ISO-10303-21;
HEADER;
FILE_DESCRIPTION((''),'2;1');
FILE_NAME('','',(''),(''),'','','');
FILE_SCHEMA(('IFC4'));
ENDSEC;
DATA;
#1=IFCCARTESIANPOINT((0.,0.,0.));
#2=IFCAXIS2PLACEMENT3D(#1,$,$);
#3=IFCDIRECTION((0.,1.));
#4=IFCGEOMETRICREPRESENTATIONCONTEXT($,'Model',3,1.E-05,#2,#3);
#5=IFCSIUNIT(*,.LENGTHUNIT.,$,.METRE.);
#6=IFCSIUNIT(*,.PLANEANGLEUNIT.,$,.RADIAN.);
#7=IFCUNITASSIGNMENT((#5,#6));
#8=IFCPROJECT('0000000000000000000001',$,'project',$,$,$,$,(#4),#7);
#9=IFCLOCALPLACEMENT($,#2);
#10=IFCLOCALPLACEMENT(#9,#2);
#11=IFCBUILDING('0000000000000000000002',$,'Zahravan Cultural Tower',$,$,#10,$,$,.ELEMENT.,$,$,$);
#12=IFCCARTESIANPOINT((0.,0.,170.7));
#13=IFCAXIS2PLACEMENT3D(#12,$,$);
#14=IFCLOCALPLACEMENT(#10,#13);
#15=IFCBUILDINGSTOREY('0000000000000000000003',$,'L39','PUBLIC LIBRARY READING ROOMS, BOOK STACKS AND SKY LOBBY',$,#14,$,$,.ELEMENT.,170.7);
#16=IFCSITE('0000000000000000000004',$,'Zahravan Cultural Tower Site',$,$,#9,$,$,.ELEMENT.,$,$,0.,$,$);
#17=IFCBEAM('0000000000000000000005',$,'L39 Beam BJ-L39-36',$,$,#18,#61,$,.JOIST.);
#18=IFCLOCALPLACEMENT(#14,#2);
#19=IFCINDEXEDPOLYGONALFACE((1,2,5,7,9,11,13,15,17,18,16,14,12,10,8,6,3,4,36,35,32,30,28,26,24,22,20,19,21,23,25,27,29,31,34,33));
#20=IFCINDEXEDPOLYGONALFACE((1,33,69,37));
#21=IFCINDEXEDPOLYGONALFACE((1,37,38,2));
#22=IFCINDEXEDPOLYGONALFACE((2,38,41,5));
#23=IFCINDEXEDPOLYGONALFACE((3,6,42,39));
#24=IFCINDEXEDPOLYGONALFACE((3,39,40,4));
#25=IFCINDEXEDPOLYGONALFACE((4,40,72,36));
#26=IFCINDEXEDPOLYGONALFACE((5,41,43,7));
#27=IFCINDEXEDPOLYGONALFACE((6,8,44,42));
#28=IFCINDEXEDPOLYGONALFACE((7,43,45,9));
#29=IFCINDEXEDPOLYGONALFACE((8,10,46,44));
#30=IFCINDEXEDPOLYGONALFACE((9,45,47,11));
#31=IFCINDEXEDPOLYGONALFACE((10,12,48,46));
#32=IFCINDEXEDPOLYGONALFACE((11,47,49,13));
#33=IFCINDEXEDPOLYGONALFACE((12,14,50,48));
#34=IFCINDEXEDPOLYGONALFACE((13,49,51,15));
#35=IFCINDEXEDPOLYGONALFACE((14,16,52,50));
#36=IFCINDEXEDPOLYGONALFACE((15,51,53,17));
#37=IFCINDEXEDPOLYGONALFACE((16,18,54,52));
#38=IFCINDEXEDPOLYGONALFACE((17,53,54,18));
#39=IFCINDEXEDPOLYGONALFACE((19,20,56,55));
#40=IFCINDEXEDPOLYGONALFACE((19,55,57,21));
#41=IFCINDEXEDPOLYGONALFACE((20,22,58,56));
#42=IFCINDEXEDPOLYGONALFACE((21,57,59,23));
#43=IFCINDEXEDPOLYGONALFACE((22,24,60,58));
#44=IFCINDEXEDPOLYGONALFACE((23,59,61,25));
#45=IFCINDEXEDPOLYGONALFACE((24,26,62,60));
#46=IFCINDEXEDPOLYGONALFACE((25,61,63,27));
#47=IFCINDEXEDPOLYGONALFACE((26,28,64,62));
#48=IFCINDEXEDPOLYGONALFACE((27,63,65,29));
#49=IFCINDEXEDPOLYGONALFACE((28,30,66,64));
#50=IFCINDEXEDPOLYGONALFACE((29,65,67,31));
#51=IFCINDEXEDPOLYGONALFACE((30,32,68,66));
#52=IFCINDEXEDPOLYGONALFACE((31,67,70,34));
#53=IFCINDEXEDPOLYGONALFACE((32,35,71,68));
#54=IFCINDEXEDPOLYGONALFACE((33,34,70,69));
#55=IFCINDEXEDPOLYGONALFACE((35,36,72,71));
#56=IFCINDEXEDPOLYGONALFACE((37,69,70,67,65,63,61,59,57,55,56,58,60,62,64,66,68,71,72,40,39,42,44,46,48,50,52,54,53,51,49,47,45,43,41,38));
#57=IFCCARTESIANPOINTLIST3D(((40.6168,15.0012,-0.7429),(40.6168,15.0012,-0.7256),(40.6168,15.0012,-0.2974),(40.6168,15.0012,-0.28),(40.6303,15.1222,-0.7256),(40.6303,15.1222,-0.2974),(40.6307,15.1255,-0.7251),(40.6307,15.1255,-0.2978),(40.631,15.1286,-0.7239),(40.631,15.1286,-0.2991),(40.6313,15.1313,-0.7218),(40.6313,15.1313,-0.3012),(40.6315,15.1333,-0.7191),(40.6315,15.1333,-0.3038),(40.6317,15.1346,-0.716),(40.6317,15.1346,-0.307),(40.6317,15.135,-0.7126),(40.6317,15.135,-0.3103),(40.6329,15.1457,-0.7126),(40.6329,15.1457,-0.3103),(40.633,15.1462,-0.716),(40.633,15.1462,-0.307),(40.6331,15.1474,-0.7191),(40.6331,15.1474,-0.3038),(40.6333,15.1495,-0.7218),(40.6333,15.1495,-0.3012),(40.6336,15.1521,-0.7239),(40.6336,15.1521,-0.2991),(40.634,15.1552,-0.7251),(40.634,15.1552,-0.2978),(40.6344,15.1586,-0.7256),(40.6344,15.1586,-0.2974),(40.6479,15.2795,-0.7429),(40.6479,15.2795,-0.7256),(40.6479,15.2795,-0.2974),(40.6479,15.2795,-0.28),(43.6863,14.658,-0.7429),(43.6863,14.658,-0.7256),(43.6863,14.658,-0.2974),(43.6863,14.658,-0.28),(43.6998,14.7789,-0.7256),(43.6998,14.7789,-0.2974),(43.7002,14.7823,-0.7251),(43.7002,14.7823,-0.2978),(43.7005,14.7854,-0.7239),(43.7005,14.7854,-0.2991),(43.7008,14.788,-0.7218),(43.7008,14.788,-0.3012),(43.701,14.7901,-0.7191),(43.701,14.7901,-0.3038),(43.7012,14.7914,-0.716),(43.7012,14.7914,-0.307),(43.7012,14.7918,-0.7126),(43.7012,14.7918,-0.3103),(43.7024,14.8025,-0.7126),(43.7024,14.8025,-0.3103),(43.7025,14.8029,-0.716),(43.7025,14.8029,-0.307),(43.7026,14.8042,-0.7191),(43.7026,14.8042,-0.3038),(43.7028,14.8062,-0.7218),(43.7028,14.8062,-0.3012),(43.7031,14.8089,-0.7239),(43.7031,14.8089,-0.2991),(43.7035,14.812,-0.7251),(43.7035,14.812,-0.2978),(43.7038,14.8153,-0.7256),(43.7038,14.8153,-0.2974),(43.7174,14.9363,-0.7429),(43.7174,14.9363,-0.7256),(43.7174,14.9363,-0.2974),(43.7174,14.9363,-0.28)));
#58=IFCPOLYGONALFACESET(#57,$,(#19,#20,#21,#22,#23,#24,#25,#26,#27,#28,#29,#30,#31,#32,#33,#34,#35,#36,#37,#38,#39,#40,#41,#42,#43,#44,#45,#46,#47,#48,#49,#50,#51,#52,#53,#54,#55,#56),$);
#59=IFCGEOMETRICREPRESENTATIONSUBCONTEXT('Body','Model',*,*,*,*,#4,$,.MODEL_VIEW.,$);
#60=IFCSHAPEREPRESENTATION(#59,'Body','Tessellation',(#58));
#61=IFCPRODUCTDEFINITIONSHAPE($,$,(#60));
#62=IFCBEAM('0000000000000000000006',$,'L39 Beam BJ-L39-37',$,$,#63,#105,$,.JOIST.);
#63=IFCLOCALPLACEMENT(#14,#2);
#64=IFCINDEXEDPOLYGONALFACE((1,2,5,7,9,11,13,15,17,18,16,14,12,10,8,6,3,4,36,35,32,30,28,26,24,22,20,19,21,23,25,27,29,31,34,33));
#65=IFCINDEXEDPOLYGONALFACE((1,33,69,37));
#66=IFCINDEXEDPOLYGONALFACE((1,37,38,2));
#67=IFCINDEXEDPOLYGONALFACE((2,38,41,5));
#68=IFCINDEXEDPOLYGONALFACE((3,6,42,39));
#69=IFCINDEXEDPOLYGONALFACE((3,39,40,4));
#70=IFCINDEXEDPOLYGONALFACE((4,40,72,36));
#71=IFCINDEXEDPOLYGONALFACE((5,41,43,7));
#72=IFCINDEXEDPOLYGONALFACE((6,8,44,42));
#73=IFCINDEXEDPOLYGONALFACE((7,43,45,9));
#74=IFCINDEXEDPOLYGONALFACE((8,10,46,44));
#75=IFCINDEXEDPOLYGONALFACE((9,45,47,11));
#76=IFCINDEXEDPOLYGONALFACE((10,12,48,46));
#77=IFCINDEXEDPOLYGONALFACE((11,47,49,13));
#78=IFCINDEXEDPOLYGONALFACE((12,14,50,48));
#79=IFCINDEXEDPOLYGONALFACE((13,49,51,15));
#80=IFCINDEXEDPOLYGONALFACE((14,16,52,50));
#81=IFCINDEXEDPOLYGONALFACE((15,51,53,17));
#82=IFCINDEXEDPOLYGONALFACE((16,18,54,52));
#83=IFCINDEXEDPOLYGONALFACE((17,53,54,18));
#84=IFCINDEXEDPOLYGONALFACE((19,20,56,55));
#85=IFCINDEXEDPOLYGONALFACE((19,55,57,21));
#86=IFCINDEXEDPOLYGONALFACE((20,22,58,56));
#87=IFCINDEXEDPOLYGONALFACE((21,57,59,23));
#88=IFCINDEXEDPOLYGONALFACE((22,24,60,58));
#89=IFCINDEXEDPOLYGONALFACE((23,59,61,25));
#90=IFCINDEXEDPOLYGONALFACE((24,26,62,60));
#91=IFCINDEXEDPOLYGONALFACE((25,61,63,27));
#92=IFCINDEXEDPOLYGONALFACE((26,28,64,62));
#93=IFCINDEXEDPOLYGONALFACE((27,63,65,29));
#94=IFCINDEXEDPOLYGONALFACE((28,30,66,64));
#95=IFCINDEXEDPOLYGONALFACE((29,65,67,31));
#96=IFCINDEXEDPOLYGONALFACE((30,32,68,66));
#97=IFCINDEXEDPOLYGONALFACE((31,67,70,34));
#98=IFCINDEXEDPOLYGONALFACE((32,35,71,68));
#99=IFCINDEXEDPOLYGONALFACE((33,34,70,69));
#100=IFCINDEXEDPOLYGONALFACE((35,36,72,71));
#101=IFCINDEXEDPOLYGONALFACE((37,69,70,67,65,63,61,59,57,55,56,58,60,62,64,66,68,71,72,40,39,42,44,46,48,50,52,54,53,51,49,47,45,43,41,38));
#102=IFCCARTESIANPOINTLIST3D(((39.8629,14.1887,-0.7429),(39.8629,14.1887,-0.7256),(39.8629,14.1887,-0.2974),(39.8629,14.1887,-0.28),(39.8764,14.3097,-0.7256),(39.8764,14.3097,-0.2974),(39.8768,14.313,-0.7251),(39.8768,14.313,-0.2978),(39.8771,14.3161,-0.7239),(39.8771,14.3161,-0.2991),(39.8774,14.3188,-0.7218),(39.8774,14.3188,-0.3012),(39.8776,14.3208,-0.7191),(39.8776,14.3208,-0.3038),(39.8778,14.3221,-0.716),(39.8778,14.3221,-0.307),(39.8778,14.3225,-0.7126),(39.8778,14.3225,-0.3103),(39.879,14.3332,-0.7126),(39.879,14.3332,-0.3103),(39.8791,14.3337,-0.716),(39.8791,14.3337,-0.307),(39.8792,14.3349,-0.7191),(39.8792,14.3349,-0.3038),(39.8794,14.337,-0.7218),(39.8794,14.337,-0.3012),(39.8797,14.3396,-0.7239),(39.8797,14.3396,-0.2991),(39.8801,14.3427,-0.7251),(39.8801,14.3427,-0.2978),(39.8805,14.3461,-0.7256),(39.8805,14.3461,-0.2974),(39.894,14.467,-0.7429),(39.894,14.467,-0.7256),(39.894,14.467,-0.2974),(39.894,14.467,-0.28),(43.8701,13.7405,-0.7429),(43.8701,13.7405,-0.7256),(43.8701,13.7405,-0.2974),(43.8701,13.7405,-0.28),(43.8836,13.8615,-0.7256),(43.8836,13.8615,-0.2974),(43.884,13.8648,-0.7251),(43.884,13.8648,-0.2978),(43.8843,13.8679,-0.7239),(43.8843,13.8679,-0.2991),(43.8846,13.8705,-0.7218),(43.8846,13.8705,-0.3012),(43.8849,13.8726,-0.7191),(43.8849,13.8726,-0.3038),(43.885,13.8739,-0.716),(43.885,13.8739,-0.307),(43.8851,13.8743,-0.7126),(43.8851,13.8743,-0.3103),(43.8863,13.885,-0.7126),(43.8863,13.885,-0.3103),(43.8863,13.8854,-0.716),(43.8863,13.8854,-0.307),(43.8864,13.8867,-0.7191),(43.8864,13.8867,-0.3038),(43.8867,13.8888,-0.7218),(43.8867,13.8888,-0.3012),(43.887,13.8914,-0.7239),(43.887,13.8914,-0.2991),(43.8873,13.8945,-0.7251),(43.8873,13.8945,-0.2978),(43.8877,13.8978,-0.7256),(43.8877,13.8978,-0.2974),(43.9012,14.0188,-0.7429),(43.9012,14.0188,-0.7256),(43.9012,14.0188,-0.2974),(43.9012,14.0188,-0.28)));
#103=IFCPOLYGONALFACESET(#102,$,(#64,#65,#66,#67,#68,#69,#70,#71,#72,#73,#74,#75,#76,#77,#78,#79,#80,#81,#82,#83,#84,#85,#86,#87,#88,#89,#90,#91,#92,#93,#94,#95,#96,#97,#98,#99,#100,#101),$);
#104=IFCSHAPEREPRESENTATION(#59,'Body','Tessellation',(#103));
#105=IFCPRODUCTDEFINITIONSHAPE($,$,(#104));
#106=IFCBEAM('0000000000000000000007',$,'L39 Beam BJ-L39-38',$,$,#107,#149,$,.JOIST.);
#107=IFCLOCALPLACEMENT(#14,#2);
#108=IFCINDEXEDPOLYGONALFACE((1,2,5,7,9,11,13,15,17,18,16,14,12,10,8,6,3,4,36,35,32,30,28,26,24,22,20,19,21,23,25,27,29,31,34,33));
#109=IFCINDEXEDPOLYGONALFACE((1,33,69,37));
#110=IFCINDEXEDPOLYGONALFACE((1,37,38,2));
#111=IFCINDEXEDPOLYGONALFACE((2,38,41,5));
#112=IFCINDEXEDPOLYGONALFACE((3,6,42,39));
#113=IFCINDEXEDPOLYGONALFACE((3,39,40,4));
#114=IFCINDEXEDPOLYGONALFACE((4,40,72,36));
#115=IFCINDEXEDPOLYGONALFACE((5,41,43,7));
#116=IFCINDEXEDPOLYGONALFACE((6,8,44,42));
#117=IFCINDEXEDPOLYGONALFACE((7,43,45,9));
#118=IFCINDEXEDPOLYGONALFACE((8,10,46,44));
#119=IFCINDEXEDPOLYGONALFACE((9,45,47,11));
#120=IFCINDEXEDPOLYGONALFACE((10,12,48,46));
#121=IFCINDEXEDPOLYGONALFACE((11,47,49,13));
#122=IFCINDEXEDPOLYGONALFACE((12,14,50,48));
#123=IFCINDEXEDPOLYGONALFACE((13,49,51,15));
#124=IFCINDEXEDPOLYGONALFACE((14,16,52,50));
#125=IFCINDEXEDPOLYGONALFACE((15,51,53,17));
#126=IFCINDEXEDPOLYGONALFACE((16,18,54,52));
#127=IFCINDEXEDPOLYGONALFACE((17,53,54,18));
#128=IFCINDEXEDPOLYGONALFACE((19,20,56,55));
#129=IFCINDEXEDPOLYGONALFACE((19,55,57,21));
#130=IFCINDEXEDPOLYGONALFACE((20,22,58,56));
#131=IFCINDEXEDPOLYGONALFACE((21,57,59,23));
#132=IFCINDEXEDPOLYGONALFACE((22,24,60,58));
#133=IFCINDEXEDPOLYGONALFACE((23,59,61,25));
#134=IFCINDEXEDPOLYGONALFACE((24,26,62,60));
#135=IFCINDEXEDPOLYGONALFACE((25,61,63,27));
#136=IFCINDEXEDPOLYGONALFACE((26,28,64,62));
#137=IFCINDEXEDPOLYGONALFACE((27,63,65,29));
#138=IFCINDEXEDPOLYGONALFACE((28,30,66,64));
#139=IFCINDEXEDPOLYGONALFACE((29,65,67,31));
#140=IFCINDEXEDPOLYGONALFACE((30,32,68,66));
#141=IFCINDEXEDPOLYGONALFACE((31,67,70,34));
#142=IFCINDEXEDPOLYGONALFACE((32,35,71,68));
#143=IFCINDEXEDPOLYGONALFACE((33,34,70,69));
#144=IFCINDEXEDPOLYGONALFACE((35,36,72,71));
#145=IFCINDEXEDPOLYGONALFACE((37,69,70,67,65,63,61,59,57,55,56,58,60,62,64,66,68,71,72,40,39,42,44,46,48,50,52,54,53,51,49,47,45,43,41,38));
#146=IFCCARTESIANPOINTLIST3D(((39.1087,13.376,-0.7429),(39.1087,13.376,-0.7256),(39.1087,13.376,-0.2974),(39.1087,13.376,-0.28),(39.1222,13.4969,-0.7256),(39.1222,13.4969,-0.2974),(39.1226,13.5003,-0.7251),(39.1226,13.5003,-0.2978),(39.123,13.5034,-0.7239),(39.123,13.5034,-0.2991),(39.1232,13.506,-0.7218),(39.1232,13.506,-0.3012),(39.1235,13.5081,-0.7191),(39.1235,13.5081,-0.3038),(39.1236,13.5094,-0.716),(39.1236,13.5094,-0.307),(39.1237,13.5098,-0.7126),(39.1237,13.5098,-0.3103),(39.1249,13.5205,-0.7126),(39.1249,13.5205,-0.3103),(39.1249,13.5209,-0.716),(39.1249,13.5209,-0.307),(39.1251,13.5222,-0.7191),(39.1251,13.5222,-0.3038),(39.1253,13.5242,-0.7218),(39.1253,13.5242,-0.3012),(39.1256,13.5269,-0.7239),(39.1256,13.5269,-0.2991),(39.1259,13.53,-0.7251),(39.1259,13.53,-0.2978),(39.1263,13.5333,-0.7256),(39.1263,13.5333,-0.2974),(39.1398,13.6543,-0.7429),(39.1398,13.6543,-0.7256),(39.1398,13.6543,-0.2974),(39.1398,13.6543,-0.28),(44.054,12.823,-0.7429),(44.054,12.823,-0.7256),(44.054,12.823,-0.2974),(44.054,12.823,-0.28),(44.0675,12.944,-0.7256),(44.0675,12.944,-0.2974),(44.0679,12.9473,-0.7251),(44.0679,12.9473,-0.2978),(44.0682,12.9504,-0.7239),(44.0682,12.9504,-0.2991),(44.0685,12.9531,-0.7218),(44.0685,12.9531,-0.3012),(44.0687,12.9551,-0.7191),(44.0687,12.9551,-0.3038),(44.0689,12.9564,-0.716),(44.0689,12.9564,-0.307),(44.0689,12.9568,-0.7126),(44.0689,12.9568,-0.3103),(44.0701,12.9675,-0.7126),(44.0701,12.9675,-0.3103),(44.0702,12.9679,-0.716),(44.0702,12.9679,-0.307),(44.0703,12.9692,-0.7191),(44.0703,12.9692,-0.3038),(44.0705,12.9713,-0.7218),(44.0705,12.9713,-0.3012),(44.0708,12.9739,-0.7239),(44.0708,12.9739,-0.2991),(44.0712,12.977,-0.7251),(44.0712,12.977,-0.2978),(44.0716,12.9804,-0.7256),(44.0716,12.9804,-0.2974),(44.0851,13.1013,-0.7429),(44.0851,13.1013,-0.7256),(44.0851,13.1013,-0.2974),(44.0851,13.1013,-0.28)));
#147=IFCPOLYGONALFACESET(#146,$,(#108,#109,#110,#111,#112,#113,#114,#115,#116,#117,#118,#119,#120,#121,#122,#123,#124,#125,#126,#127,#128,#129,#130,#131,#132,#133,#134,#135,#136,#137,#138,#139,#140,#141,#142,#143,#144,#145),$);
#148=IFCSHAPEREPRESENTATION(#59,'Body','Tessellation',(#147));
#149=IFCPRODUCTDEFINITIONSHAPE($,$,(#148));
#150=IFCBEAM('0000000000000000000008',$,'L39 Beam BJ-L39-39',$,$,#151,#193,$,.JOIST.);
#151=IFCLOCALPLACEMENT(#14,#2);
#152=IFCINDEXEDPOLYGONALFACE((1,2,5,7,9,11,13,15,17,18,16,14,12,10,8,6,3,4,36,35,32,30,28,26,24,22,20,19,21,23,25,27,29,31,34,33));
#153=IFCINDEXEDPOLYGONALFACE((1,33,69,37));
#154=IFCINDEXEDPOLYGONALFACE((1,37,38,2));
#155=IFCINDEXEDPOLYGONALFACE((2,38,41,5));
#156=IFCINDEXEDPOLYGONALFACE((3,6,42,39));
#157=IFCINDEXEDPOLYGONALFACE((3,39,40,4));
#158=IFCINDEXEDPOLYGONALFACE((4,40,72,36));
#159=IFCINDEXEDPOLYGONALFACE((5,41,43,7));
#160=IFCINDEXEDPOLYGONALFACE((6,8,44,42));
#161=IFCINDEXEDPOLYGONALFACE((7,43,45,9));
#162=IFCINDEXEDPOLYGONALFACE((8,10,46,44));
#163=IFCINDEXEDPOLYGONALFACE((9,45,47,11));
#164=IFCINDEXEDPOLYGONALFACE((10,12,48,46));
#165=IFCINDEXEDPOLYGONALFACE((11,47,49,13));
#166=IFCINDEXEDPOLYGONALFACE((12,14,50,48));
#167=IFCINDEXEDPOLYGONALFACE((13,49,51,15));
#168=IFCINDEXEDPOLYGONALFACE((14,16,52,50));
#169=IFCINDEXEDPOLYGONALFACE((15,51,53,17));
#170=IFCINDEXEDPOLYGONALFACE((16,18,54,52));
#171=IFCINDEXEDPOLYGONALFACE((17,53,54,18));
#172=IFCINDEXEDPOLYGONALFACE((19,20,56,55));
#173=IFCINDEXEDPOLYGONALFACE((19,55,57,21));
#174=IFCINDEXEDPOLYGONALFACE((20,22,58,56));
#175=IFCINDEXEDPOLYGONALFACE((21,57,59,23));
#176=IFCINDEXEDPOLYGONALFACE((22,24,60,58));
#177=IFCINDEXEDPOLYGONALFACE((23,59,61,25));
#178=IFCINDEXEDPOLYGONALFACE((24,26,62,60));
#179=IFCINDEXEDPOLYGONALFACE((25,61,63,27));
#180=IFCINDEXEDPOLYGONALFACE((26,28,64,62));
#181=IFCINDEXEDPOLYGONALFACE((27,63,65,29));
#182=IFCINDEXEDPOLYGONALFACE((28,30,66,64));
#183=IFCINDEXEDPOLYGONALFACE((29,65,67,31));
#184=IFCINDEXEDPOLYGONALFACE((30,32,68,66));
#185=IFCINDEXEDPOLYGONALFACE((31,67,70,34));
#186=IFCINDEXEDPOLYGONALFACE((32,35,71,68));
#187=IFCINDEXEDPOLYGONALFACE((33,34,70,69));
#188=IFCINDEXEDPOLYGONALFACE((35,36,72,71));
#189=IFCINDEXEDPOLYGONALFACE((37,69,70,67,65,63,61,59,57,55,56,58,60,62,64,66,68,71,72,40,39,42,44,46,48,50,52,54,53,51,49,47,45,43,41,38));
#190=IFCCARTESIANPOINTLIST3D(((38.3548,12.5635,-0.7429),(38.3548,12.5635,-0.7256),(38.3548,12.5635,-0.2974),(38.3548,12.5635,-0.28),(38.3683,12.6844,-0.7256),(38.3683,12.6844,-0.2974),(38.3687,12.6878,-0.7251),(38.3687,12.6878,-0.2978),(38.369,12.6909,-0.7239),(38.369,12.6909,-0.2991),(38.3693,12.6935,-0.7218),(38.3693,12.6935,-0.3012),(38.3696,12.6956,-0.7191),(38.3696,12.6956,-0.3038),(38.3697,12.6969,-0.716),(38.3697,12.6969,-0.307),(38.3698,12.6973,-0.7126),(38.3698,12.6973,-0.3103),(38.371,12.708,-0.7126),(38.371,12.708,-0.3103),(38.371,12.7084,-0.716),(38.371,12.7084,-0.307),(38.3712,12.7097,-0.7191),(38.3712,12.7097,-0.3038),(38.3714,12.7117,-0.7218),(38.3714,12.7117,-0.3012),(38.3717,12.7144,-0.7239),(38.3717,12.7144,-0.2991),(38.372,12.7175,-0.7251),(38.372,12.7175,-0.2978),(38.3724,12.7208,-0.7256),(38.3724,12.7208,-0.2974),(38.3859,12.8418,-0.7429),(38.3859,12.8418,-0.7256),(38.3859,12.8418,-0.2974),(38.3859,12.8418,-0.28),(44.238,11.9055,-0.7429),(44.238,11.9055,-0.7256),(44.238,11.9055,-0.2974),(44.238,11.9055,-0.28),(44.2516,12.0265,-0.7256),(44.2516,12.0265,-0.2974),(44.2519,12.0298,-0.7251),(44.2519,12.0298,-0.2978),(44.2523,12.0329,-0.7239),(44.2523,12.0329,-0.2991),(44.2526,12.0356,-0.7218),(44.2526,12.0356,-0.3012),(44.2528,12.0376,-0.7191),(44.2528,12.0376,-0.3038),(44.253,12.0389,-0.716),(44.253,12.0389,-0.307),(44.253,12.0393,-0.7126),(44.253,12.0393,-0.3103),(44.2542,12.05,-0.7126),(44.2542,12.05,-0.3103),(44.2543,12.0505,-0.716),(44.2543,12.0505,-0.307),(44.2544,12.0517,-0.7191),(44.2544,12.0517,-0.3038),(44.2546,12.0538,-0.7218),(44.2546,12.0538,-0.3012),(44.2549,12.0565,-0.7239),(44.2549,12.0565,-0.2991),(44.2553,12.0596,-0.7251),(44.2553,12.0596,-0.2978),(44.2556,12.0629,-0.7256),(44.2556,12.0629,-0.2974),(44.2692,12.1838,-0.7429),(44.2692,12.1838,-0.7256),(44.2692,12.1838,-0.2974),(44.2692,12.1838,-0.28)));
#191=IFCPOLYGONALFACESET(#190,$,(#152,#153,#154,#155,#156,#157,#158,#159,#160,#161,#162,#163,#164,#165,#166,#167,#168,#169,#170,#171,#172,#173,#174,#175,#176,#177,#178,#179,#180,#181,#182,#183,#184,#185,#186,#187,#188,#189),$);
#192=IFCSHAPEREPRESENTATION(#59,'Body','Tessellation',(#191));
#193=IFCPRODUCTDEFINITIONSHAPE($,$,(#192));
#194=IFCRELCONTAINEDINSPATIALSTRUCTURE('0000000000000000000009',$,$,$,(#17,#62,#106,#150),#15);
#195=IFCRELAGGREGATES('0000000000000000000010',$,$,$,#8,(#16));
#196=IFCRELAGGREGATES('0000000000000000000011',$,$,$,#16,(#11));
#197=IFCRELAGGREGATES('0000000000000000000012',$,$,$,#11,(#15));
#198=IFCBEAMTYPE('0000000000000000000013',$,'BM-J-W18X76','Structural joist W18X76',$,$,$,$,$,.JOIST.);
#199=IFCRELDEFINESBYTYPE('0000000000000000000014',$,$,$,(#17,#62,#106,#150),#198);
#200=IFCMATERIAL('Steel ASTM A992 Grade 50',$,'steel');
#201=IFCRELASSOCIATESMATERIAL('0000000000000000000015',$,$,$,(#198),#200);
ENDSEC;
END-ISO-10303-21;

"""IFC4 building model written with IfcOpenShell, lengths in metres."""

from ifc_helpers import new_model, si_unit, direction, frame, origin, origin_2d, place, context, subcontext, project, spatial, i_section, extrude, source, transform, mapped, material, material_profile, profile_set, type_object, element, save


model = new_model("IFC4")

# Units and contexts
model_context = context("Model", 3, precision=1e-05, world=origin(), true_north=direction((0.0, 1.0)))
body_context = subcontext(model_context, "Body", "Model", "MODEL_VIEW")
ifc_project = project(units=[si_unit("LENGTHUNIT", "METRE"), si_unit("PLANEANGLEUNIT", "RADIAN")], contexts=[model_context])

# Site, building, storey
site_placement = place(None, origin())
site = spatial("IfcSite", under=ifc_project, at=site_placement, Name="Zahravan Cultural Tower Site", CompositionType="ELEMENT", RefElevation=0.0)
building_placement = place(site_placement, origin())
building = spatial("IfcBuilding", under=site, at=building_placement, Name="Zahravan Cultural Tower", CompositionType="ELEMENT")
storey_placement = place(building_placement, frame((0.0, 0.0, 170.7)))
storey = spatial("IfcBuildingStorey", under=building, at=storey_placement, Name="L39", Description="PUBLIC LIBRARY READING ROOMS, BOOK STACKS AND SKY LOBBY", CompositionType="ELEMENT", Elevation=170.7)

# Shared definitions
ifc_material_1 = material(Name="Steel ASTM A992 Grade 50", Category="steel")

# Beams
ifc_material_profile_1 = material_profile(ifc_material_1, i_section(OverallWidth=0.28, OverallDepth=0.4629, WebThickness=0.0107, FlangeThickness=0.0173, FilletRadius=0.0129, at=origin_2d()), Name="W18X76")
ifc_profile_set_1 = profile_set([ifc_material_profile_1], Name="Steel ASTM A992 Grade 50")
beam_type_1 = type_object("IfcBeamType", Name="BM-J-W18X76", Description="Structural joist W18X76", PredefinedType="JOIST", material=ifc_profile_set_1)
shared_shape_1 = source(origin(), body_context, "Body", "SweptSolid", [
    extrude(i_section(OverallWidth=0.28, OverallDepth=0.4629, WebThickness=0.0107, FlangeThickness=0.0173, FilletRadius=0.0129, at=origin_2d()), origin(), (0.0, 0.0, 1.0), 3.0886),
])
beam_1_placement = place(storey_placement, frame((40.6323, 15.1404, -0.5115), z_axis=(0.993805, -0.111134, 0.0), x_axis=(0.111134, 0.993805, 0.0)))
element("IfcBeam", 1, at=beam_1_placement, inside=storey, type_object=beam_type_1, Name="L39 Beam BJ-L39-36", PredefinedType="JOIST", context=body_context, shape_type="MappedRepresentation", body=[
    mapped(shared_shape_1, transform((0.0, 0.0, 0.0), x_axis=(1.0, 0.0, 0.0), y_axis=(0.0, 1.0, 0.0), z_axis=(0.0, 0.0, 1.0), scale=1.0)),
])
shared_shape_2 = source(origin(), body_context, "Body", "SweptSolid", [
    extrude(i_section(OverallWidth=0.28, OverallDepth=0.4629, WebThickness=0.0107, FlangeThickness=0.0173, FilletRadius=0.0129, at=origin_2d()), origin(), (0.0, 0.0, 1.0), 4.0322),
])
beam_2_placement = place(storey_placement, frame((39.8784, 14.3279, -0.5115), z_axis=(0.993802, -0.111162, 0.0), x_axis=(0.111162, 0.993802, 0.0)))
element("IfcBeam", 2, at=beam_2_placement, inside=storey, type_object=beam_type_1, Name="L39 Beam BJ-L39-37", PredefinedType="JOIST", context=body_context, shape_type="MappedRepresentation", body=[
    mapped(shared_shape_2, transform((0.0, 0.0, 0.0), x_axis=(1.0, 0.0, 0.0), y_axis=(0.0, 1.0, 0.0), z_axis=(0.0, 0.0, 1.0), scale=1.0)),
])
shared_shape_3 = source(origin(), body_context, "Body", "SweptSolid", [
    extrude(i_section(OverallWidth=0.28, OverallDepth=0.4629, WebThickness=0.0107, FlangeThickness=0.0173, FilletRadius=0.0129, at=origin_2d()), origin(), (0.0, 0.0, 1.0), 4.9761),
])
beam_3_placement = place(storey_placement, frame((39.1243, 13.5151, -0.5115), z_axis=(0.993806, -0.111126, 0.0), x_axis=(0.111126, 0.993806, 0.0)))
element("IfcBeam", 3, at=beam_3_placement, inside=storey, type_object=beam_type_1, Name="L39 Beam BJ-L39-38", PredefinedType="JOIST", context=body_context, shape_type="MappedRepresentation", body=[
    mapped(shared_shape_3, transform((0.0, 0.0, 0.0), x_axis=(1.0, 0.0, 0.0), y_axis=(0.0, 1.0, 0.0), z_axis=(0.0, 0.0, 1.0), scale=1.0)),
])
shared_shape_4 = source(origin(), body_context, "Body", "SweptSolid", [
    extrude(i_section(OverallWidth=0.28, OverallDepth=0.4629, WebThickness=0.0107, FlangeThickness=0.0173, FilletRadius=0.0129, at=origin_2d()), origin(), (0.0, 0.0, 1.0), 5.9199),
])
beam_4_placement = place(storey_placement, frame((38.3704, 12.7026, -0.5115), z_axis=(0.993805, -0.111142, 0.0), x_axis=(0.111142, 0.993805, 0.0)))
element("IfcBeam", 4, at=beam_4_placement, inside=storey, type_object=beam_type_1, Name="L39 Beam BJ-L39-39", PredefinedType="JOIST", context=body_context, shape_type="MappedRepresentation", body=[
    mapped(shared_shape_4, transform((0.0, 0.0, 0.0), x_axis=(1.0, 0.0, 0.0), y_axis=(0.0, 1.0, 0.0), z_axis=(0.0, 0.0, 1.0), scale=1.0)),
])

save(model, "model.ifc")
